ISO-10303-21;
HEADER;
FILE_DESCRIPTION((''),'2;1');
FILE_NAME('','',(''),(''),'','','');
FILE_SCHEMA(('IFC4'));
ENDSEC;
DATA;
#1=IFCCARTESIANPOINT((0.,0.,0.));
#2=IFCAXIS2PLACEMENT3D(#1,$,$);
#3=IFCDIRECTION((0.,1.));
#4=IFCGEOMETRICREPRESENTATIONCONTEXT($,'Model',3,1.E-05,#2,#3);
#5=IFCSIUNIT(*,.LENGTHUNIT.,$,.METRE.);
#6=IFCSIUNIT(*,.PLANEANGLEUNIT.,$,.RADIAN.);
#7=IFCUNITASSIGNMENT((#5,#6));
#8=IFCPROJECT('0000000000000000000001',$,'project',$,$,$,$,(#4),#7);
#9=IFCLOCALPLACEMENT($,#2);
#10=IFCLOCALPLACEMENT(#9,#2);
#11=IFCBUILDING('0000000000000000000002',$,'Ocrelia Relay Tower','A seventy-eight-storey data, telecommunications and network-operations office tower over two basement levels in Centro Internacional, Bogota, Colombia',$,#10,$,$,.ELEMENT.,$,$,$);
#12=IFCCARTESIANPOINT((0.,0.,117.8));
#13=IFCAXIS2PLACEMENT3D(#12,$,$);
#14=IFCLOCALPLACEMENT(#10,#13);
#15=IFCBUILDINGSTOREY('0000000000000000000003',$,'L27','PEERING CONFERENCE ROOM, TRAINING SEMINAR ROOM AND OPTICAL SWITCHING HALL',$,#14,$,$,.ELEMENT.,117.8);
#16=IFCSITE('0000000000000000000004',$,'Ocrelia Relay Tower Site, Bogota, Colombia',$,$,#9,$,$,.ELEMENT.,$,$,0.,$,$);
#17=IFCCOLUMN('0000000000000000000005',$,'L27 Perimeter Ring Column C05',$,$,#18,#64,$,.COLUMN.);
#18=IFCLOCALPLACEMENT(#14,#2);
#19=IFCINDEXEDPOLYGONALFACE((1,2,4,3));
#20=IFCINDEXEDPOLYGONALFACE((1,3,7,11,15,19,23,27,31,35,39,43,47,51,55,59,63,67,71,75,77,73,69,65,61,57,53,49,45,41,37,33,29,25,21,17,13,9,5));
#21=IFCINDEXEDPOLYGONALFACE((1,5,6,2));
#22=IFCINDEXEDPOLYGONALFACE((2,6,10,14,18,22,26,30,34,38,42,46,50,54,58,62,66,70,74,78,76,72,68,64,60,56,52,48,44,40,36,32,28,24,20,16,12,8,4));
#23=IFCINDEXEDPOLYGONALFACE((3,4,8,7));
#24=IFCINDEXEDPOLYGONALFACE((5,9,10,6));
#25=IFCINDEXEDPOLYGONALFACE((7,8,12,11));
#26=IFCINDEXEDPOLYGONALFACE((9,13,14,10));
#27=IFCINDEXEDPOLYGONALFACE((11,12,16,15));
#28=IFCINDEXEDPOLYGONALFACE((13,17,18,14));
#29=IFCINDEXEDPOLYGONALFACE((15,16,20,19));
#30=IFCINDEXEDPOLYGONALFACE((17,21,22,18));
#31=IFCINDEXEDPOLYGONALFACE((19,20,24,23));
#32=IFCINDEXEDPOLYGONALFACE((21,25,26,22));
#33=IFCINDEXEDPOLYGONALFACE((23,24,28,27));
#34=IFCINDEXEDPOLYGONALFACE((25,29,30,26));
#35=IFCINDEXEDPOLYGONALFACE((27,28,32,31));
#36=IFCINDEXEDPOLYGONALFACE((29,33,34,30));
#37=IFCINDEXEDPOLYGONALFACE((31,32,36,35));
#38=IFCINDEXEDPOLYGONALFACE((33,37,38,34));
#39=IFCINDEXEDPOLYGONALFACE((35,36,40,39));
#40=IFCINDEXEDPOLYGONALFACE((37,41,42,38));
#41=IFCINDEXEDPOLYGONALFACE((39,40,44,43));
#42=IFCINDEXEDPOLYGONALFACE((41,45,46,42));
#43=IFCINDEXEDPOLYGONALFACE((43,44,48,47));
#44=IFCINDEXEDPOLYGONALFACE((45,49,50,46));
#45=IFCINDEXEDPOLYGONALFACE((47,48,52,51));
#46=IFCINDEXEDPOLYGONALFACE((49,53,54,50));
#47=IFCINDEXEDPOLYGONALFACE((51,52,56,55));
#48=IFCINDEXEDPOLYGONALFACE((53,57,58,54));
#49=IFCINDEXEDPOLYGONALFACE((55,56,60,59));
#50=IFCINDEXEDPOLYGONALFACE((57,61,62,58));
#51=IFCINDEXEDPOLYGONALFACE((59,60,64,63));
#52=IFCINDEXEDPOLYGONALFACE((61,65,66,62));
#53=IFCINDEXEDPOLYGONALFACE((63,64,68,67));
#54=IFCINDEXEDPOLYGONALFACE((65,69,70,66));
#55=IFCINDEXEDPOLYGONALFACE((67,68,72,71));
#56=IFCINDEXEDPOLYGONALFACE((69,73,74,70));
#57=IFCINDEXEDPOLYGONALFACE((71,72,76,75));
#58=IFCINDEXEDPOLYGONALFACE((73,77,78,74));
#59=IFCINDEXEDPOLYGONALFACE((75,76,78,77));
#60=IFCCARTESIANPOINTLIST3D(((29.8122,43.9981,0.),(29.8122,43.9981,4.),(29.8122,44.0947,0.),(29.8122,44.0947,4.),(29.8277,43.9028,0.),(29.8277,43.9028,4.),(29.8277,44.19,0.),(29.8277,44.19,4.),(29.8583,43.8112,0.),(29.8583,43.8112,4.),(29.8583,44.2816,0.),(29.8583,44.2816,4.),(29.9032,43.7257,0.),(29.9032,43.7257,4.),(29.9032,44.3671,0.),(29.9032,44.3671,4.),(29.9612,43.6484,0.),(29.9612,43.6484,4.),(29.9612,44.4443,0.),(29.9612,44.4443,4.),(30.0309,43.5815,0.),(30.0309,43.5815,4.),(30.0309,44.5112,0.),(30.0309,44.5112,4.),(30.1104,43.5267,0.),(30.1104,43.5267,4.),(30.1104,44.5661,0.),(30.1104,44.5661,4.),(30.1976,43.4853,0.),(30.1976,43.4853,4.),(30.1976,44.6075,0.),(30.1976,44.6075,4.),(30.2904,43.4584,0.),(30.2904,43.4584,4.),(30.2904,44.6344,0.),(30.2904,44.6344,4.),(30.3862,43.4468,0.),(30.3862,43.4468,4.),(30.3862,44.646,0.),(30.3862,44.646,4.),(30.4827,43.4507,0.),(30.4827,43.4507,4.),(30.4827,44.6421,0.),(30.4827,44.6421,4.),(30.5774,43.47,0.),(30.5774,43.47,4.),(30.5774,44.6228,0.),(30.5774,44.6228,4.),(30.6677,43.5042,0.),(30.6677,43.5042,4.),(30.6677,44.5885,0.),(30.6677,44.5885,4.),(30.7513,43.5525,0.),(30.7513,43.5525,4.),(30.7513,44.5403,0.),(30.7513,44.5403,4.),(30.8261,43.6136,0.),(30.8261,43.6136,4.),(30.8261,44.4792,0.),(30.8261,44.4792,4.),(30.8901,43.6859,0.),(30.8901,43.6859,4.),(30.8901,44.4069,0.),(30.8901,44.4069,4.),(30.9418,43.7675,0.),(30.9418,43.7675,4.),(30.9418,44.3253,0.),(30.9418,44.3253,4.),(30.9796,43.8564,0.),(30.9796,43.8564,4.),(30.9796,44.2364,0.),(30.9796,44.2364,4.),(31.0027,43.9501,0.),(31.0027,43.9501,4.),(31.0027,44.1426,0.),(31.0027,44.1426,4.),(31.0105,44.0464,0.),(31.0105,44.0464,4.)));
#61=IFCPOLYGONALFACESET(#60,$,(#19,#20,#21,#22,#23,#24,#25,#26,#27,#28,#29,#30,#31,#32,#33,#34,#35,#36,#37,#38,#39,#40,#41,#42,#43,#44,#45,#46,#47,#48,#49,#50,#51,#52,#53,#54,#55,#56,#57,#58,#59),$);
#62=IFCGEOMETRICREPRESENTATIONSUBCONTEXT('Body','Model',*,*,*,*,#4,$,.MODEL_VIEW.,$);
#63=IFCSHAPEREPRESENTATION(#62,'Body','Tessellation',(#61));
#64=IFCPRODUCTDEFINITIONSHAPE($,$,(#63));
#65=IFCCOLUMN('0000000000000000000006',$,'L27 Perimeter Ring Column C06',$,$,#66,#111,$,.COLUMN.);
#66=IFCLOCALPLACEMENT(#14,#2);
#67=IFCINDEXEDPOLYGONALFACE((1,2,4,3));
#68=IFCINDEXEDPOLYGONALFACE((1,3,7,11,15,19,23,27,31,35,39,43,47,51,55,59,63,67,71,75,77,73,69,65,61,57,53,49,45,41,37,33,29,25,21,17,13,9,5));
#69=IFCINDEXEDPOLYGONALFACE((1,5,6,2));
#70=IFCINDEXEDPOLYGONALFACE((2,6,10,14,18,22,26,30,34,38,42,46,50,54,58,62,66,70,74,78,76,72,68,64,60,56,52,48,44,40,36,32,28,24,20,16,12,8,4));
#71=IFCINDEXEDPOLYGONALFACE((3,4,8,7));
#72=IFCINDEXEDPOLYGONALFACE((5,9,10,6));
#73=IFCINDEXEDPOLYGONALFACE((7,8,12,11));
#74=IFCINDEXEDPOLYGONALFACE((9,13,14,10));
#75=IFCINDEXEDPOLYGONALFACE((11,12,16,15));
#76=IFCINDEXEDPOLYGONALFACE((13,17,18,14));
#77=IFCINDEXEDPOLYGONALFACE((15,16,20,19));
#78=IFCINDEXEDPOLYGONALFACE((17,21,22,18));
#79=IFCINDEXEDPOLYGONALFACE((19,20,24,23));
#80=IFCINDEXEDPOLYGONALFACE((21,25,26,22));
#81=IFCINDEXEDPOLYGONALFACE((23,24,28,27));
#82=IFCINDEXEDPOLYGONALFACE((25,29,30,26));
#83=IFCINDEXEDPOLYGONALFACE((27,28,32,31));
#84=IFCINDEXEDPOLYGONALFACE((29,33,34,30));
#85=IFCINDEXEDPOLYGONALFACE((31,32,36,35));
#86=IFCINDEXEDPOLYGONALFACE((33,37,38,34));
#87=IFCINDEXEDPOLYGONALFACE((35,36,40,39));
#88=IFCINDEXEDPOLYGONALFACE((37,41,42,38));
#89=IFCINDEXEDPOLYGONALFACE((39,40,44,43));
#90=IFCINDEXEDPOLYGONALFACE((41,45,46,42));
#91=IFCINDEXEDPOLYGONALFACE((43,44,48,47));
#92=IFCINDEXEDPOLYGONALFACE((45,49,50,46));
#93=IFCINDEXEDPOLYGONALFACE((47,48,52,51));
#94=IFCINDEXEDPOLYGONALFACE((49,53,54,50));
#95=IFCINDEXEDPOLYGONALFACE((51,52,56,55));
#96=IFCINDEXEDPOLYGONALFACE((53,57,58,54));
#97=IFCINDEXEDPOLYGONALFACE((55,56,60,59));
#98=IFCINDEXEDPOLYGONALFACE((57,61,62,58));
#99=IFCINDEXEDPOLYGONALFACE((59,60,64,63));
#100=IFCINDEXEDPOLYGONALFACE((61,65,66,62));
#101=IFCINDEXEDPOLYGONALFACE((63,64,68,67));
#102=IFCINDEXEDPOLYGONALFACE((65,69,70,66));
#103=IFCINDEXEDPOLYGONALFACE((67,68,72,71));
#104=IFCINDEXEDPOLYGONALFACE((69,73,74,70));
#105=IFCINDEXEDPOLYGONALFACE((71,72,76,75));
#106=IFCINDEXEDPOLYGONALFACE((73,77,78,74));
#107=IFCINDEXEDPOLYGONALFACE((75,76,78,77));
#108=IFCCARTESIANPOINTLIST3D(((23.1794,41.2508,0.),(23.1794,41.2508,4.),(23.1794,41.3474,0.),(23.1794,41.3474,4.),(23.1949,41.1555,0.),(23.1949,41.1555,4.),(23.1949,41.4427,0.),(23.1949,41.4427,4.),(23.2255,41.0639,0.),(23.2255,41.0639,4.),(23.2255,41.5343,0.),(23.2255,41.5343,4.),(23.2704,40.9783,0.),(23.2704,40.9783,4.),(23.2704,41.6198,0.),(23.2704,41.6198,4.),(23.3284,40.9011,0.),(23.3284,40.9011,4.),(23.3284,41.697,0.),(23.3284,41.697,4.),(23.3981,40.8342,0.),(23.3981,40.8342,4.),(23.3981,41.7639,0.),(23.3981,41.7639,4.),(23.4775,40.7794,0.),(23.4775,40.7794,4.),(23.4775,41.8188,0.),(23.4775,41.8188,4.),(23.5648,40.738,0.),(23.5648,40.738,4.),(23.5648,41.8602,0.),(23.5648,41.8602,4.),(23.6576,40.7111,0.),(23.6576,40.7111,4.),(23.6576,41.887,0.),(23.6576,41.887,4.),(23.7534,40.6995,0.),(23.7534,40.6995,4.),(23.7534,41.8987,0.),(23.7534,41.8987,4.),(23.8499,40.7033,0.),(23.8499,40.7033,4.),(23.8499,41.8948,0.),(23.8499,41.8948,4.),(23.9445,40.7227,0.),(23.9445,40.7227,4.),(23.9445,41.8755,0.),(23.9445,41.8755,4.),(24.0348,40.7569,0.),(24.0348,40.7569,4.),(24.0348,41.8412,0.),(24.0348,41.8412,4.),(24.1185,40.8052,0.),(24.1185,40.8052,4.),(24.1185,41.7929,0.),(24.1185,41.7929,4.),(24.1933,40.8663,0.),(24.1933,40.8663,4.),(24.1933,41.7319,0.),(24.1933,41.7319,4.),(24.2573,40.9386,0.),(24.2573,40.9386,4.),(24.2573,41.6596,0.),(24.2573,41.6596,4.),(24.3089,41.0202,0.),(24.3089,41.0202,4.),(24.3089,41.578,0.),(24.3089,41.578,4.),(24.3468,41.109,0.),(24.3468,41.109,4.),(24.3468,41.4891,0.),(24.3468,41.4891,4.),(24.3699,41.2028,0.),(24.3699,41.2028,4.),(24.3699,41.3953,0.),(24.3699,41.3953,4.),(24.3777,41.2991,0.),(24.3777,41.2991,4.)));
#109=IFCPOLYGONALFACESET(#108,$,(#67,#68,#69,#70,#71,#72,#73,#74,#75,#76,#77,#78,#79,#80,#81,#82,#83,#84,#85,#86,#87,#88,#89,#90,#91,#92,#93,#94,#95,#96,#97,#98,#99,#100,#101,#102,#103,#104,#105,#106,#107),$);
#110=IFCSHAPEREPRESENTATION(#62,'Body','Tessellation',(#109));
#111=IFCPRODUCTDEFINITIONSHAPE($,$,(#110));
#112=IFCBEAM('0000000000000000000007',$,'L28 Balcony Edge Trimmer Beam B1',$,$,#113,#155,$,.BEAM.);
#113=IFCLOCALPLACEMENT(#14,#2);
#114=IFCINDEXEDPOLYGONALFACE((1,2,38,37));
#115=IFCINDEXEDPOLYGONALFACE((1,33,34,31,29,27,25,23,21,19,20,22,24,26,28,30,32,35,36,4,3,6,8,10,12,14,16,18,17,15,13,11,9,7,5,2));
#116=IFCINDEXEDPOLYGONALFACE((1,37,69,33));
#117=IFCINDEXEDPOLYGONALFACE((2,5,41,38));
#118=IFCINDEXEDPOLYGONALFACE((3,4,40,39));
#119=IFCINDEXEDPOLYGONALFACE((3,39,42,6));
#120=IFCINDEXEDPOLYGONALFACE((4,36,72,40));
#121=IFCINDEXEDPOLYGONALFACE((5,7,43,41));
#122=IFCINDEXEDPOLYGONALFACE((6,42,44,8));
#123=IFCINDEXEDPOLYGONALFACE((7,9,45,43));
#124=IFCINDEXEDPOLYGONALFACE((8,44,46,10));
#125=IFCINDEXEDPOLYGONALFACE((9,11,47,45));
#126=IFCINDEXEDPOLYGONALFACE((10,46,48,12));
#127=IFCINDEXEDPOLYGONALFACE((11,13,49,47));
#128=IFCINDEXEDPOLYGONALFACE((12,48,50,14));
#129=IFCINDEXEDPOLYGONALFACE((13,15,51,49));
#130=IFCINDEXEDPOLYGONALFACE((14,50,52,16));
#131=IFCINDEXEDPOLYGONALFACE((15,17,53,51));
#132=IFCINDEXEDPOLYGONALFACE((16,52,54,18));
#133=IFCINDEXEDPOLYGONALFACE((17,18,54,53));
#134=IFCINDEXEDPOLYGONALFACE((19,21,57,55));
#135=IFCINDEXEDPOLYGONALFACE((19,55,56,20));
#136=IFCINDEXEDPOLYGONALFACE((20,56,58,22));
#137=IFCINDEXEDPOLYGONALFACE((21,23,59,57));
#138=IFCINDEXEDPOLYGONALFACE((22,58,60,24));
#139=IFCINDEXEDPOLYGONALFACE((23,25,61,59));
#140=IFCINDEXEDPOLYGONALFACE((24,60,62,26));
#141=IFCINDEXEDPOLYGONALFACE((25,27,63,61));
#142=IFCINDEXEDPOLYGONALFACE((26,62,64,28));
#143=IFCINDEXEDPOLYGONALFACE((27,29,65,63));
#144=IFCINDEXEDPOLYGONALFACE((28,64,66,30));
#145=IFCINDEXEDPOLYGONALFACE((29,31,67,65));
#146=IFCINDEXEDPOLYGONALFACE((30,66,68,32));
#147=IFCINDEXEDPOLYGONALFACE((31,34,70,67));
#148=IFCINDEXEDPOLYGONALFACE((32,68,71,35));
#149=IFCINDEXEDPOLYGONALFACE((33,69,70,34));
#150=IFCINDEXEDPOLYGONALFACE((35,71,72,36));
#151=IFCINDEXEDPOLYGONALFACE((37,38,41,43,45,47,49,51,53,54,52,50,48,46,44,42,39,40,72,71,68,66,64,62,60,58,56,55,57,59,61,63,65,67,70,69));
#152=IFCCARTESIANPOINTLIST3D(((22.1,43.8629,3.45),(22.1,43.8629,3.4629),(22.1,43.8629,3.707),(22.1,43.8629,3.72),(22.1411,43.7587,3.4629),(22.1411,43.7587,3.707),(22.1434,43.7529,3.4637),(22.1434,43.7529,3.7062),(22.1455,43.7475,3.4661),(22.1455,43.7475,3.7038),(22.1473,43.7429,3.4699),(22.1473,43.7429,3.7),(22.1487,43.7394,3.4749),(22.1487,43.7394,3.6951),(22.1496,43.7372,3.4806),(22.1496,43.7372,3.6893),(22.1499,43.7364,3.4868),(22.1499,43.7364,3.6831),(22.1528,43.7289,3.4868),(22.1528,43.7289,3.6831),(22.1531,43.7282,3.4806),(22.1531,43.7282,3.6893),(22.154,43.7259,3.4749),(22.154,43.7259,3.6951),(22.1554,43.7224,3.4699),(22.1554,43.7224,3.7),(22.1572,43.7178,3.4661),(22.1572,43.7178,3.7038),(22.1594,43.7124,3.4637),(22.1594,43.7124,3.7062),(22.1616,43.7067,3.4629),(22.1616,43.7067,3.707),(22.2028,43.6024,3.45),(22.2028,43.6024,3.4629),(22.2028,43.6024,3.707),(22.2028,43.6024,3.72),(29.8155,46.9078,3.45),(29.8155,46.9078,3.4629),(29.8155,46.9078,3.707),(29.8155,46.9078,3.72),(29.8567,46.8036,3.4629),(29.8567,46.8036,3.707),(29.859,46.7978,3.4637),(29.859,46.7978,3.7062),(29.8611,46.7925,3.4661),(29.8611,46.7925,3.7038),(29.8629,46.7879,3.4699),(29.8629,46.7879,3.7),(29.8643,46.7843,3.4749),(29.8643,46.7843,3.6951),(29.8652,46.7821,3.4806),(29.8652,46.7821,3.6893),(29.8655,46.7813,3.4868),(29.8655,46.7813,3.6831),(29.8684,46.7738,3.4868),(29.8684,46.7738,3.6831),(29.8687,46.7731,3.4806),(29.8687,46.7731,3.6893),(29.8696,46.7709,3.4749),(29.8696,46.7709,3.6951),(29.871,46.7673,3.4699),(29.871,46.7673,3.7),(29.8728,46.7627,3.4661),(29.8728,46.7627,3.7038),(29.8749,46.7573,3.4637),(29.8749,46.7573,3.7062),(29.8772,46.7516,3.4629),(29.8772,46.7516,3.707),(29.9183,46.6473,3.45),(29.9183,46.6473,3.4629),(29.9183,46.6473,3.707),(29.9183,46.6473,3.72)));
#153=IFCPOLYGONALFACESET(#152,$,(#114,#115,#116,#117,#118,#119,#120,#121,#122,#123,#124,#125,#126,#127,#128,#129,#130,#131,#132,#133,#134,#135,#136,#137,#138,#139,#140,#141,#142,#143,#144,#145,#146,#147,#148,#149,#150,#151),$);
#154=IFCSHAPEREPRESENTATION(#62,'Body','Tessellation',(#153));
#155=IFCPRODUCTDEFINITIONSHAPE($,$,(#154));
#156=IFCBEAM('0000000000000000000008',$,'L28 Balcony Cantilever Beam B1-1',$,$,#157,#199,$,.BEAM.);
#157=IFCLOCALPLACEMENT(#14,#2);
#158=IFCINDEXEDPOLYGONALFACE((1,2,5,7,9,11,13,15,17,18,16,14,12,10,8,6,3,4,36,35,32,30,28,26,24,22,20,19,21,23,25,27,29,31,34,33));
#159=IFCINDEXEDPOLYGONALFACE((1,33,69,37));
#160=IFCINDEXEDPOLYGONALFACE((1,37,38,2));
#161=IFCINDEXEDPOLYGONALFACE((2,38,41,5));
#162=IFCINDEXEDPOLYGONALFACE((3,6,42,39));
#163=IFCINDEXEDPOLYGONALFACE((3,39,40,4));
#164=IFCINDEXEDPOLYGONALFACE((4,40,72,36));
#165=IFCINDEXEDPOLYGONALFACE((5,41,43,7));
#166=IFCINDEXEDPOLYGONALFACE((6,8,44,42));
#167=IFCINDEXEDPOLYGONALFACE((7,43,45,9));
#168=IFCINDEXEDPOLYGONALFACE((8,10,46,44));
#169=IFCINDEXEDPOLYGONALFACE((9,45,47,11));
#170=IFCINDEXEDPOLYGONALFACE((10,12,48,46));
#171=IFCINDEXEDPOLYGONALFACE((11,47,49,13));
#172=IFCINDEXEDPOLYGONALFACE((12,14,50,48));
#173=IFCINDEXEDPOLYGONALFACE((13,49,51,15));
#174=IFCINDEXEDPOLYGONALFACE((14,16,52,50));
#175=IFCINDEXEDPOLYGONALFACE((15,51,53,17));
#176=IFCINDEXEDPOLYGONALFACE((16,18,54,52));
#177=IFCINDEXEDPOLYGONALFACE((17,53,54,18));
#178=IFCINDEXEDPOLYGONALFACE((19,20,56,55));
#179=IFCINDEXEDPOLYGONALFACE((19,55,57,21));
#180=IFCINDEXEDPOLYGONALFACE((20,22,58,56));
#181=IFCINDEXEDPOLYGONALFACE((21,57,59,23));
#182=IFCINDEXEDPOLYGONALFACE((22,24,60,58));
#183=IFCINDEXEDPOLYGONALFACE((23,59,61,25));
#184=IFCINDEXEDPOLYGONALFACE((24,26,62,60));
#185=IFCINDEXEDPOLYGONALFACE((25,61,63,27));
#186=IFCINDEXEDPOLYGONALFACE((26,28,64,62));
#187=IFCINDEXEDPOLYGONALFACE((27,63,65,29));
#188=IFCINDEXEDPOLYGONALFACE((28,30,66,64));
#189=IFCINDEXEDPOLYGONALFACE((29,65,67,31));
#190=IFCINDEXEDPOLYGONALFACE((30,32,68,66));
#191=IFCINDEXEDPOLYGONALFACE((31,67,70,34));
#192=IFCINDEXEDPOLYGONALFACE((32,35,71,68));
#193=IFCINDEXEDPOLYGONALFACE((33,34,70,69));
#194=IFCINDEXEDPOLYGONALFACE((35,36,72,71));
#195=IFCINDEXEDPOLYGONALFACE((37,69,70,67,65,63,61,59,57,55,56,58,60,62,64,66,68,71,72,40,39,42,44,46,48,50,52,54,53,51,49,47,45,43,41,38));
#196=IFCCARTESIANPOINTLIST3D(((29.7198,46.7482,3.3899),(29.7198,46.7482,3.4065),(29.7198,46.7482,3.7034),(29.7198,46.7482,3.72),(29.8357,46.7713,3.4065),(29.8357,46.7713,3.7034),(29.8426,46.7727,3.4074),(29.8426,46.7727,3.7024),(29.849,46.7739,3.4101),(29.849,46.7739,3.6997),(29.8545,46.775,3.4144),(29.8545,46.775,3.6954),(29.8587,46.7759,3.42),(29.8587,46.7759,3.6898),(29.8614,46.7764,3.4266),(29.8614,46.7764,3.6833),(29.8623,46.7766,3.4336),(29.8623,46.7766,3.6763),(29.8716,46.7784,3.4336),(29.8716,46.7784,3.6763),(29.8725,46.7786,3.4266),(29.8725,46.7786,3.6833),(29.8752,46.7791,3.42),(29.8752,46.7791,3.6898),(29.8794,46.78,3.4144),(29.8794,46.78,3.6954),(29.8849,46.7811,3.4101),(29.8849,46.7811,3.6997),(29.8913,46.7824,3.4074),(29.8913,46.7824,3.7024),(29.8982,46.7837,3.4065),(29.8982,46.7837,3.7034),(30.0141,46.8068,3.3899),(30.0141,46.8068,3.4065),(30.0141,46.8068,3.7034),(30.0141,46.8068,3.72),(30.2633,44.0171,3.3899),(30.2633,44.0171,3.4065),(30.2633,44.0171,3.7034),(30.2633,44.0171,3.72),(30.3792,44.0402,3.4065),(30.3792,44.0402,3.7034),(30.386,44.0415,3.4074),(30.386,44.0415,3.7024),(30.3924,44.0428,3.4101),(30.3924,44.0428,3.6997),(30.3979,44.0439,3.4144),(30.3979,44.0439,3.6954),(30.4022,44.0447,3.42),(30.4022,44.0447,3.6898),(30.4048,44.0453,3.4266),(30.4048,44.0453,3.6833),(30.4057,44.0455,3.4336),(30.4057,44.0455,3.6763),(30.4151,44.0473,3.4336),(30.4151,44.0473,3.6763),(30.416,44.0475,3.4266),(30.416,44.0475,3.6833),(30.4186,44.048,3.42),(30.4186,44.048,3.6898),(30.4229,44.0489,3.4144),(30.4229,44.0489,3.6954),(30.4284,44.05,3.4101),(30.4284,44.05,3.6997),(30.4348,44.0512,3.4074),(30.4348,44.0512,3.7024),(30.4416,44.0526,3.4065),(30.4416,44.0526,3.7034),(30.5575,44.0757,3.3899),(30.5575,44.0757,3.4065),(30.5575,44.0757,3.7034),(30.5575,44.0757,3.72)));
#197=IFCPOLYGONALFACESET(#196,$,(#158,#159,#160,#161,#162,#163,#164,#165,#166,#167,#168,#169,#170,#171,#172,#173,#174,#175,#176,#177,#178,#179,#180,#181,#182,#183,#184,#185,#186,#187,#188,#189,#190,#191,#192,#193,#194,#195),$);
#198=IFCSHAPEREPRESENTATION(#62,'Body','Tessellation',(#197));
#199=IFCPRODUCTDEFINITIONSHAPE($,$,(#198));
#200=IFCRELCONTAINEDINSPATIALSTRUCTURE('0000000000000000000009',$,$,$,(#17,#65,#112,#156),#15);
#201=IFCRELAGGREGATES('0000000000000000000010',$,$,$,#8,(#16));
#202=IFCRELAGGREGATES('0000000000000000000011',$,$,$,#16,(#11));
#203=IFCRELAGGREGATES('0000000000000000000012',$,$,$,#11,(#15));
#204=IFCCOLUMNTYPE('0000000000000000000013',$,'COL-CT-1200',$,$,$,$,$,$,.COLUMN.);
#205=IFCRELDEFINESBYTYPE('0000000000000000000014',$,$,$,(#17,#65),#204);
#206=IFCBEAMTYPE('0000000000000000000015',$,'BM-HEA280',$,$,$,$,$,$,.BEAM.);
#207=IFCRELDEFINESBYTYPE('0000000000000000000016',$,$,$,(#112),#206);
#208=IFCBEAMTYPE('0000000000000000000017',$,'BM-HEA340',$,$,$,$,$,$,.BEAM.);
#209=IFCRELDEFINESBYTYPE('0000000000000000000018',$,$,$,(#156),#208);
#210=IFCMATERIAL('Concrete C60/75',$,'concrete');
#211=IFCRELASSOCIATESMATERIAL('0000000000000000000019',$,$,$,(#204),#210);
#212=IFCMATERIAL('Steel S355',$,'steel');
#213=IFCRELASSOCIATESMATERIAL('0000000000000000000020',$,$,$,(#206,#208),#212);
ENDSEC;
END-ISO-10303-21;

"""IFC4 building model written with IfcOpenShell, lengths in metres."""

from ifc_helpers import new_model, si_unit, direction, frame, origin, origin_2d, place, context, subcontext, project, spatial, circle, i_section, extrude, material, material_profile, profile_set, type_object, element, save


model = new_model("IFC4")

# Units and contexts
model_context = context("Model", 3, precision=1e-05, world=origin(), true_north=direction((0.0, 1.0)))
body_context = subcontext(model_context, "Body", "Model", "MODEL_VIEW")
ifc_project = project(units=[si_unit("LENGTHUNIT", "METRE"), si_unit("PLANEANGLEUNIT", "RADIAN")], contexts=[model_context])

# Site, building, storey
site_placement = place(None, origin())
site = spatial("IfcSite", under=ifc_project, at=site_placement, Name="Ocrelia Relay Tower Site, Bogota, Colombia", CompositionType="ELEMENT", RefElevation=0.0)
building_placement = place(site_placement, origin())
building = spatial("IfcBuilding", under=site, at=building_placement, Name="Ocrelia Relay Tower", Description="A seventy-eight-storey data, telecommunications and network-operations office tower over two basement levels in Centro Internacional, Bogota, Colombia", CompositionType="ELEMENT")
storey_placement = place(building_placement, frame((0.0, 0.0, 117.8)))
storey = spatial("IfcBuildingStorey", under=building, at=storey_placement, Name="L27", Description="PEERING CONFERENCE ROOM, TRAINING SEMINAR ROOM AND OPTICAL SWITCHING HALL", CompositionType="ELEMENT", Elevation=117.8)

# Columns
ifc_material_1 = material(Name="Concrete C60/75", Category="concrete")
ifc_material_profile_1 = material_profile(ifc_material_1, circle(Radius=0.6001, at=origin_2d()), Name="RC-CIR-1200")
ifc_profile_set_1 = profile_set([ifc_material_profile_1], Name="Concrete C60/75")
column_type = type_object("IfcColumnType", Name="COL-CT-1200", PredefinedType="COLUMN", material=ifc_profile_set_1)
for number, where, z_axis, x_axis, name in (
    (1, (30.4104, 44.0464, 0.0), (0.0, 0.0, 1.0), (1.0, 0.0, 0.0), "L27 Perimeter Ring Column C05"),
    (2, (23.7776, 41.2991, 0.0), (0.0, 0.0, 1.0), (1.0, 0.0, 0.0), "L27 Perimeter Ring Column C06"),
):
    element("IfcColumn", number, at=place(storey_placement, frame(where, z_axis=z_axis, x_axis=x_axis)), inside=storey, type_object=column_type, Name=name, PredefinedType="COLUMN", context=body_context, shape_type="SweptSolid", body=[
        extrude(circle(Radius=0.6001, at=origin_2d()), origin(), (0.0, 0.0, 1.0), 4.0),
    ])

# Beams
ifc_material_2 = material(Name="Steel S355", Category="steel")
ifc_material_profile_2 = material_profile(ifc_material_2, i_section(OverallWidth=0.28, OverallDepth=0.27, WebThickness=0.0081, FlangeThickness=0.0129, FilletRadius=0.0239, at=origin_2d()), Name="HEA 280")
ifc_profile_set_2 = profile_set([ifc_material_profile_2], Name="Steel S355")
beam_type_1 = type_object("IfcBeamType", Name="BM-HEA280", PredefinedType="BEAM", material=ifc_profile_set_2)
beam_1_placement = place(storey_placement, frame((29.8669, 46.7776, 3.585), z_axis=(-0.930184, -0.367093, 0.0), x_axis=(0.367093, -0.930184, 0.0)))
element("IfcBeam", 3, at=beam_1_placement, inside=storey, type_object=beam_type_1, Name="L28 Balcony Edge Trimmer Beam B1", PredefinedType="BEAM", context=body_context, shape_type="SweptSolid", body=[
    extrude(i_section(OverallWidth=0.28, OverallDepth=0.27, WebThickness=0.0081, FlangeThickness=0.0129, FilletRadius=0.0239, at=origin_2d()), origin(), (0.0, 0.0, 1.0), 8.2947),
])
ifc_material_profile_3 = material_profile(ifc_material_2, i_section(OverallWidth=0.3, OverallDepth=0.3301, WebThickness=0.0095, FlangeThickness=0.0166, FilletRadius=0.0271, at=origin_2d()), Name="HEA 340")
ifc_profile_set_3 = profile_set([ifc_material_profile_3], Name="Steel S355")
beam_type_2 = type_object("IfcBeamType", Name="BM-HEA340", PredefinedType="BEAM", material=ifc_profile_set_3)
beam_2_placement = place(storey_placement, frame((30.4104, 44.0464, 3.5549), z_axis=(-0.195155, 0.980772, 0.0), x_axis=(-0.980772, -0.195155, 0.0)))
element("IfcBeam", 4, at=beam_2_placement, inside=storey, type_object=beam_type_2, Name="L28 Balcony Cantilever Beam B1-1", PredefinedType="BEAM", context=body_context, shape_type="SweptSolid", body=[
    extrude(i_section(OverallWidth=0.3, OverallDepth=0.3301, WebThickness=0.0095, FlangeThickness=0.0166, FilletRadius=0.0271, at=origin_2d()), origin(), (0.0, 0.0, 1.0), 2.7847),
])

save(model, "model.ifc")
